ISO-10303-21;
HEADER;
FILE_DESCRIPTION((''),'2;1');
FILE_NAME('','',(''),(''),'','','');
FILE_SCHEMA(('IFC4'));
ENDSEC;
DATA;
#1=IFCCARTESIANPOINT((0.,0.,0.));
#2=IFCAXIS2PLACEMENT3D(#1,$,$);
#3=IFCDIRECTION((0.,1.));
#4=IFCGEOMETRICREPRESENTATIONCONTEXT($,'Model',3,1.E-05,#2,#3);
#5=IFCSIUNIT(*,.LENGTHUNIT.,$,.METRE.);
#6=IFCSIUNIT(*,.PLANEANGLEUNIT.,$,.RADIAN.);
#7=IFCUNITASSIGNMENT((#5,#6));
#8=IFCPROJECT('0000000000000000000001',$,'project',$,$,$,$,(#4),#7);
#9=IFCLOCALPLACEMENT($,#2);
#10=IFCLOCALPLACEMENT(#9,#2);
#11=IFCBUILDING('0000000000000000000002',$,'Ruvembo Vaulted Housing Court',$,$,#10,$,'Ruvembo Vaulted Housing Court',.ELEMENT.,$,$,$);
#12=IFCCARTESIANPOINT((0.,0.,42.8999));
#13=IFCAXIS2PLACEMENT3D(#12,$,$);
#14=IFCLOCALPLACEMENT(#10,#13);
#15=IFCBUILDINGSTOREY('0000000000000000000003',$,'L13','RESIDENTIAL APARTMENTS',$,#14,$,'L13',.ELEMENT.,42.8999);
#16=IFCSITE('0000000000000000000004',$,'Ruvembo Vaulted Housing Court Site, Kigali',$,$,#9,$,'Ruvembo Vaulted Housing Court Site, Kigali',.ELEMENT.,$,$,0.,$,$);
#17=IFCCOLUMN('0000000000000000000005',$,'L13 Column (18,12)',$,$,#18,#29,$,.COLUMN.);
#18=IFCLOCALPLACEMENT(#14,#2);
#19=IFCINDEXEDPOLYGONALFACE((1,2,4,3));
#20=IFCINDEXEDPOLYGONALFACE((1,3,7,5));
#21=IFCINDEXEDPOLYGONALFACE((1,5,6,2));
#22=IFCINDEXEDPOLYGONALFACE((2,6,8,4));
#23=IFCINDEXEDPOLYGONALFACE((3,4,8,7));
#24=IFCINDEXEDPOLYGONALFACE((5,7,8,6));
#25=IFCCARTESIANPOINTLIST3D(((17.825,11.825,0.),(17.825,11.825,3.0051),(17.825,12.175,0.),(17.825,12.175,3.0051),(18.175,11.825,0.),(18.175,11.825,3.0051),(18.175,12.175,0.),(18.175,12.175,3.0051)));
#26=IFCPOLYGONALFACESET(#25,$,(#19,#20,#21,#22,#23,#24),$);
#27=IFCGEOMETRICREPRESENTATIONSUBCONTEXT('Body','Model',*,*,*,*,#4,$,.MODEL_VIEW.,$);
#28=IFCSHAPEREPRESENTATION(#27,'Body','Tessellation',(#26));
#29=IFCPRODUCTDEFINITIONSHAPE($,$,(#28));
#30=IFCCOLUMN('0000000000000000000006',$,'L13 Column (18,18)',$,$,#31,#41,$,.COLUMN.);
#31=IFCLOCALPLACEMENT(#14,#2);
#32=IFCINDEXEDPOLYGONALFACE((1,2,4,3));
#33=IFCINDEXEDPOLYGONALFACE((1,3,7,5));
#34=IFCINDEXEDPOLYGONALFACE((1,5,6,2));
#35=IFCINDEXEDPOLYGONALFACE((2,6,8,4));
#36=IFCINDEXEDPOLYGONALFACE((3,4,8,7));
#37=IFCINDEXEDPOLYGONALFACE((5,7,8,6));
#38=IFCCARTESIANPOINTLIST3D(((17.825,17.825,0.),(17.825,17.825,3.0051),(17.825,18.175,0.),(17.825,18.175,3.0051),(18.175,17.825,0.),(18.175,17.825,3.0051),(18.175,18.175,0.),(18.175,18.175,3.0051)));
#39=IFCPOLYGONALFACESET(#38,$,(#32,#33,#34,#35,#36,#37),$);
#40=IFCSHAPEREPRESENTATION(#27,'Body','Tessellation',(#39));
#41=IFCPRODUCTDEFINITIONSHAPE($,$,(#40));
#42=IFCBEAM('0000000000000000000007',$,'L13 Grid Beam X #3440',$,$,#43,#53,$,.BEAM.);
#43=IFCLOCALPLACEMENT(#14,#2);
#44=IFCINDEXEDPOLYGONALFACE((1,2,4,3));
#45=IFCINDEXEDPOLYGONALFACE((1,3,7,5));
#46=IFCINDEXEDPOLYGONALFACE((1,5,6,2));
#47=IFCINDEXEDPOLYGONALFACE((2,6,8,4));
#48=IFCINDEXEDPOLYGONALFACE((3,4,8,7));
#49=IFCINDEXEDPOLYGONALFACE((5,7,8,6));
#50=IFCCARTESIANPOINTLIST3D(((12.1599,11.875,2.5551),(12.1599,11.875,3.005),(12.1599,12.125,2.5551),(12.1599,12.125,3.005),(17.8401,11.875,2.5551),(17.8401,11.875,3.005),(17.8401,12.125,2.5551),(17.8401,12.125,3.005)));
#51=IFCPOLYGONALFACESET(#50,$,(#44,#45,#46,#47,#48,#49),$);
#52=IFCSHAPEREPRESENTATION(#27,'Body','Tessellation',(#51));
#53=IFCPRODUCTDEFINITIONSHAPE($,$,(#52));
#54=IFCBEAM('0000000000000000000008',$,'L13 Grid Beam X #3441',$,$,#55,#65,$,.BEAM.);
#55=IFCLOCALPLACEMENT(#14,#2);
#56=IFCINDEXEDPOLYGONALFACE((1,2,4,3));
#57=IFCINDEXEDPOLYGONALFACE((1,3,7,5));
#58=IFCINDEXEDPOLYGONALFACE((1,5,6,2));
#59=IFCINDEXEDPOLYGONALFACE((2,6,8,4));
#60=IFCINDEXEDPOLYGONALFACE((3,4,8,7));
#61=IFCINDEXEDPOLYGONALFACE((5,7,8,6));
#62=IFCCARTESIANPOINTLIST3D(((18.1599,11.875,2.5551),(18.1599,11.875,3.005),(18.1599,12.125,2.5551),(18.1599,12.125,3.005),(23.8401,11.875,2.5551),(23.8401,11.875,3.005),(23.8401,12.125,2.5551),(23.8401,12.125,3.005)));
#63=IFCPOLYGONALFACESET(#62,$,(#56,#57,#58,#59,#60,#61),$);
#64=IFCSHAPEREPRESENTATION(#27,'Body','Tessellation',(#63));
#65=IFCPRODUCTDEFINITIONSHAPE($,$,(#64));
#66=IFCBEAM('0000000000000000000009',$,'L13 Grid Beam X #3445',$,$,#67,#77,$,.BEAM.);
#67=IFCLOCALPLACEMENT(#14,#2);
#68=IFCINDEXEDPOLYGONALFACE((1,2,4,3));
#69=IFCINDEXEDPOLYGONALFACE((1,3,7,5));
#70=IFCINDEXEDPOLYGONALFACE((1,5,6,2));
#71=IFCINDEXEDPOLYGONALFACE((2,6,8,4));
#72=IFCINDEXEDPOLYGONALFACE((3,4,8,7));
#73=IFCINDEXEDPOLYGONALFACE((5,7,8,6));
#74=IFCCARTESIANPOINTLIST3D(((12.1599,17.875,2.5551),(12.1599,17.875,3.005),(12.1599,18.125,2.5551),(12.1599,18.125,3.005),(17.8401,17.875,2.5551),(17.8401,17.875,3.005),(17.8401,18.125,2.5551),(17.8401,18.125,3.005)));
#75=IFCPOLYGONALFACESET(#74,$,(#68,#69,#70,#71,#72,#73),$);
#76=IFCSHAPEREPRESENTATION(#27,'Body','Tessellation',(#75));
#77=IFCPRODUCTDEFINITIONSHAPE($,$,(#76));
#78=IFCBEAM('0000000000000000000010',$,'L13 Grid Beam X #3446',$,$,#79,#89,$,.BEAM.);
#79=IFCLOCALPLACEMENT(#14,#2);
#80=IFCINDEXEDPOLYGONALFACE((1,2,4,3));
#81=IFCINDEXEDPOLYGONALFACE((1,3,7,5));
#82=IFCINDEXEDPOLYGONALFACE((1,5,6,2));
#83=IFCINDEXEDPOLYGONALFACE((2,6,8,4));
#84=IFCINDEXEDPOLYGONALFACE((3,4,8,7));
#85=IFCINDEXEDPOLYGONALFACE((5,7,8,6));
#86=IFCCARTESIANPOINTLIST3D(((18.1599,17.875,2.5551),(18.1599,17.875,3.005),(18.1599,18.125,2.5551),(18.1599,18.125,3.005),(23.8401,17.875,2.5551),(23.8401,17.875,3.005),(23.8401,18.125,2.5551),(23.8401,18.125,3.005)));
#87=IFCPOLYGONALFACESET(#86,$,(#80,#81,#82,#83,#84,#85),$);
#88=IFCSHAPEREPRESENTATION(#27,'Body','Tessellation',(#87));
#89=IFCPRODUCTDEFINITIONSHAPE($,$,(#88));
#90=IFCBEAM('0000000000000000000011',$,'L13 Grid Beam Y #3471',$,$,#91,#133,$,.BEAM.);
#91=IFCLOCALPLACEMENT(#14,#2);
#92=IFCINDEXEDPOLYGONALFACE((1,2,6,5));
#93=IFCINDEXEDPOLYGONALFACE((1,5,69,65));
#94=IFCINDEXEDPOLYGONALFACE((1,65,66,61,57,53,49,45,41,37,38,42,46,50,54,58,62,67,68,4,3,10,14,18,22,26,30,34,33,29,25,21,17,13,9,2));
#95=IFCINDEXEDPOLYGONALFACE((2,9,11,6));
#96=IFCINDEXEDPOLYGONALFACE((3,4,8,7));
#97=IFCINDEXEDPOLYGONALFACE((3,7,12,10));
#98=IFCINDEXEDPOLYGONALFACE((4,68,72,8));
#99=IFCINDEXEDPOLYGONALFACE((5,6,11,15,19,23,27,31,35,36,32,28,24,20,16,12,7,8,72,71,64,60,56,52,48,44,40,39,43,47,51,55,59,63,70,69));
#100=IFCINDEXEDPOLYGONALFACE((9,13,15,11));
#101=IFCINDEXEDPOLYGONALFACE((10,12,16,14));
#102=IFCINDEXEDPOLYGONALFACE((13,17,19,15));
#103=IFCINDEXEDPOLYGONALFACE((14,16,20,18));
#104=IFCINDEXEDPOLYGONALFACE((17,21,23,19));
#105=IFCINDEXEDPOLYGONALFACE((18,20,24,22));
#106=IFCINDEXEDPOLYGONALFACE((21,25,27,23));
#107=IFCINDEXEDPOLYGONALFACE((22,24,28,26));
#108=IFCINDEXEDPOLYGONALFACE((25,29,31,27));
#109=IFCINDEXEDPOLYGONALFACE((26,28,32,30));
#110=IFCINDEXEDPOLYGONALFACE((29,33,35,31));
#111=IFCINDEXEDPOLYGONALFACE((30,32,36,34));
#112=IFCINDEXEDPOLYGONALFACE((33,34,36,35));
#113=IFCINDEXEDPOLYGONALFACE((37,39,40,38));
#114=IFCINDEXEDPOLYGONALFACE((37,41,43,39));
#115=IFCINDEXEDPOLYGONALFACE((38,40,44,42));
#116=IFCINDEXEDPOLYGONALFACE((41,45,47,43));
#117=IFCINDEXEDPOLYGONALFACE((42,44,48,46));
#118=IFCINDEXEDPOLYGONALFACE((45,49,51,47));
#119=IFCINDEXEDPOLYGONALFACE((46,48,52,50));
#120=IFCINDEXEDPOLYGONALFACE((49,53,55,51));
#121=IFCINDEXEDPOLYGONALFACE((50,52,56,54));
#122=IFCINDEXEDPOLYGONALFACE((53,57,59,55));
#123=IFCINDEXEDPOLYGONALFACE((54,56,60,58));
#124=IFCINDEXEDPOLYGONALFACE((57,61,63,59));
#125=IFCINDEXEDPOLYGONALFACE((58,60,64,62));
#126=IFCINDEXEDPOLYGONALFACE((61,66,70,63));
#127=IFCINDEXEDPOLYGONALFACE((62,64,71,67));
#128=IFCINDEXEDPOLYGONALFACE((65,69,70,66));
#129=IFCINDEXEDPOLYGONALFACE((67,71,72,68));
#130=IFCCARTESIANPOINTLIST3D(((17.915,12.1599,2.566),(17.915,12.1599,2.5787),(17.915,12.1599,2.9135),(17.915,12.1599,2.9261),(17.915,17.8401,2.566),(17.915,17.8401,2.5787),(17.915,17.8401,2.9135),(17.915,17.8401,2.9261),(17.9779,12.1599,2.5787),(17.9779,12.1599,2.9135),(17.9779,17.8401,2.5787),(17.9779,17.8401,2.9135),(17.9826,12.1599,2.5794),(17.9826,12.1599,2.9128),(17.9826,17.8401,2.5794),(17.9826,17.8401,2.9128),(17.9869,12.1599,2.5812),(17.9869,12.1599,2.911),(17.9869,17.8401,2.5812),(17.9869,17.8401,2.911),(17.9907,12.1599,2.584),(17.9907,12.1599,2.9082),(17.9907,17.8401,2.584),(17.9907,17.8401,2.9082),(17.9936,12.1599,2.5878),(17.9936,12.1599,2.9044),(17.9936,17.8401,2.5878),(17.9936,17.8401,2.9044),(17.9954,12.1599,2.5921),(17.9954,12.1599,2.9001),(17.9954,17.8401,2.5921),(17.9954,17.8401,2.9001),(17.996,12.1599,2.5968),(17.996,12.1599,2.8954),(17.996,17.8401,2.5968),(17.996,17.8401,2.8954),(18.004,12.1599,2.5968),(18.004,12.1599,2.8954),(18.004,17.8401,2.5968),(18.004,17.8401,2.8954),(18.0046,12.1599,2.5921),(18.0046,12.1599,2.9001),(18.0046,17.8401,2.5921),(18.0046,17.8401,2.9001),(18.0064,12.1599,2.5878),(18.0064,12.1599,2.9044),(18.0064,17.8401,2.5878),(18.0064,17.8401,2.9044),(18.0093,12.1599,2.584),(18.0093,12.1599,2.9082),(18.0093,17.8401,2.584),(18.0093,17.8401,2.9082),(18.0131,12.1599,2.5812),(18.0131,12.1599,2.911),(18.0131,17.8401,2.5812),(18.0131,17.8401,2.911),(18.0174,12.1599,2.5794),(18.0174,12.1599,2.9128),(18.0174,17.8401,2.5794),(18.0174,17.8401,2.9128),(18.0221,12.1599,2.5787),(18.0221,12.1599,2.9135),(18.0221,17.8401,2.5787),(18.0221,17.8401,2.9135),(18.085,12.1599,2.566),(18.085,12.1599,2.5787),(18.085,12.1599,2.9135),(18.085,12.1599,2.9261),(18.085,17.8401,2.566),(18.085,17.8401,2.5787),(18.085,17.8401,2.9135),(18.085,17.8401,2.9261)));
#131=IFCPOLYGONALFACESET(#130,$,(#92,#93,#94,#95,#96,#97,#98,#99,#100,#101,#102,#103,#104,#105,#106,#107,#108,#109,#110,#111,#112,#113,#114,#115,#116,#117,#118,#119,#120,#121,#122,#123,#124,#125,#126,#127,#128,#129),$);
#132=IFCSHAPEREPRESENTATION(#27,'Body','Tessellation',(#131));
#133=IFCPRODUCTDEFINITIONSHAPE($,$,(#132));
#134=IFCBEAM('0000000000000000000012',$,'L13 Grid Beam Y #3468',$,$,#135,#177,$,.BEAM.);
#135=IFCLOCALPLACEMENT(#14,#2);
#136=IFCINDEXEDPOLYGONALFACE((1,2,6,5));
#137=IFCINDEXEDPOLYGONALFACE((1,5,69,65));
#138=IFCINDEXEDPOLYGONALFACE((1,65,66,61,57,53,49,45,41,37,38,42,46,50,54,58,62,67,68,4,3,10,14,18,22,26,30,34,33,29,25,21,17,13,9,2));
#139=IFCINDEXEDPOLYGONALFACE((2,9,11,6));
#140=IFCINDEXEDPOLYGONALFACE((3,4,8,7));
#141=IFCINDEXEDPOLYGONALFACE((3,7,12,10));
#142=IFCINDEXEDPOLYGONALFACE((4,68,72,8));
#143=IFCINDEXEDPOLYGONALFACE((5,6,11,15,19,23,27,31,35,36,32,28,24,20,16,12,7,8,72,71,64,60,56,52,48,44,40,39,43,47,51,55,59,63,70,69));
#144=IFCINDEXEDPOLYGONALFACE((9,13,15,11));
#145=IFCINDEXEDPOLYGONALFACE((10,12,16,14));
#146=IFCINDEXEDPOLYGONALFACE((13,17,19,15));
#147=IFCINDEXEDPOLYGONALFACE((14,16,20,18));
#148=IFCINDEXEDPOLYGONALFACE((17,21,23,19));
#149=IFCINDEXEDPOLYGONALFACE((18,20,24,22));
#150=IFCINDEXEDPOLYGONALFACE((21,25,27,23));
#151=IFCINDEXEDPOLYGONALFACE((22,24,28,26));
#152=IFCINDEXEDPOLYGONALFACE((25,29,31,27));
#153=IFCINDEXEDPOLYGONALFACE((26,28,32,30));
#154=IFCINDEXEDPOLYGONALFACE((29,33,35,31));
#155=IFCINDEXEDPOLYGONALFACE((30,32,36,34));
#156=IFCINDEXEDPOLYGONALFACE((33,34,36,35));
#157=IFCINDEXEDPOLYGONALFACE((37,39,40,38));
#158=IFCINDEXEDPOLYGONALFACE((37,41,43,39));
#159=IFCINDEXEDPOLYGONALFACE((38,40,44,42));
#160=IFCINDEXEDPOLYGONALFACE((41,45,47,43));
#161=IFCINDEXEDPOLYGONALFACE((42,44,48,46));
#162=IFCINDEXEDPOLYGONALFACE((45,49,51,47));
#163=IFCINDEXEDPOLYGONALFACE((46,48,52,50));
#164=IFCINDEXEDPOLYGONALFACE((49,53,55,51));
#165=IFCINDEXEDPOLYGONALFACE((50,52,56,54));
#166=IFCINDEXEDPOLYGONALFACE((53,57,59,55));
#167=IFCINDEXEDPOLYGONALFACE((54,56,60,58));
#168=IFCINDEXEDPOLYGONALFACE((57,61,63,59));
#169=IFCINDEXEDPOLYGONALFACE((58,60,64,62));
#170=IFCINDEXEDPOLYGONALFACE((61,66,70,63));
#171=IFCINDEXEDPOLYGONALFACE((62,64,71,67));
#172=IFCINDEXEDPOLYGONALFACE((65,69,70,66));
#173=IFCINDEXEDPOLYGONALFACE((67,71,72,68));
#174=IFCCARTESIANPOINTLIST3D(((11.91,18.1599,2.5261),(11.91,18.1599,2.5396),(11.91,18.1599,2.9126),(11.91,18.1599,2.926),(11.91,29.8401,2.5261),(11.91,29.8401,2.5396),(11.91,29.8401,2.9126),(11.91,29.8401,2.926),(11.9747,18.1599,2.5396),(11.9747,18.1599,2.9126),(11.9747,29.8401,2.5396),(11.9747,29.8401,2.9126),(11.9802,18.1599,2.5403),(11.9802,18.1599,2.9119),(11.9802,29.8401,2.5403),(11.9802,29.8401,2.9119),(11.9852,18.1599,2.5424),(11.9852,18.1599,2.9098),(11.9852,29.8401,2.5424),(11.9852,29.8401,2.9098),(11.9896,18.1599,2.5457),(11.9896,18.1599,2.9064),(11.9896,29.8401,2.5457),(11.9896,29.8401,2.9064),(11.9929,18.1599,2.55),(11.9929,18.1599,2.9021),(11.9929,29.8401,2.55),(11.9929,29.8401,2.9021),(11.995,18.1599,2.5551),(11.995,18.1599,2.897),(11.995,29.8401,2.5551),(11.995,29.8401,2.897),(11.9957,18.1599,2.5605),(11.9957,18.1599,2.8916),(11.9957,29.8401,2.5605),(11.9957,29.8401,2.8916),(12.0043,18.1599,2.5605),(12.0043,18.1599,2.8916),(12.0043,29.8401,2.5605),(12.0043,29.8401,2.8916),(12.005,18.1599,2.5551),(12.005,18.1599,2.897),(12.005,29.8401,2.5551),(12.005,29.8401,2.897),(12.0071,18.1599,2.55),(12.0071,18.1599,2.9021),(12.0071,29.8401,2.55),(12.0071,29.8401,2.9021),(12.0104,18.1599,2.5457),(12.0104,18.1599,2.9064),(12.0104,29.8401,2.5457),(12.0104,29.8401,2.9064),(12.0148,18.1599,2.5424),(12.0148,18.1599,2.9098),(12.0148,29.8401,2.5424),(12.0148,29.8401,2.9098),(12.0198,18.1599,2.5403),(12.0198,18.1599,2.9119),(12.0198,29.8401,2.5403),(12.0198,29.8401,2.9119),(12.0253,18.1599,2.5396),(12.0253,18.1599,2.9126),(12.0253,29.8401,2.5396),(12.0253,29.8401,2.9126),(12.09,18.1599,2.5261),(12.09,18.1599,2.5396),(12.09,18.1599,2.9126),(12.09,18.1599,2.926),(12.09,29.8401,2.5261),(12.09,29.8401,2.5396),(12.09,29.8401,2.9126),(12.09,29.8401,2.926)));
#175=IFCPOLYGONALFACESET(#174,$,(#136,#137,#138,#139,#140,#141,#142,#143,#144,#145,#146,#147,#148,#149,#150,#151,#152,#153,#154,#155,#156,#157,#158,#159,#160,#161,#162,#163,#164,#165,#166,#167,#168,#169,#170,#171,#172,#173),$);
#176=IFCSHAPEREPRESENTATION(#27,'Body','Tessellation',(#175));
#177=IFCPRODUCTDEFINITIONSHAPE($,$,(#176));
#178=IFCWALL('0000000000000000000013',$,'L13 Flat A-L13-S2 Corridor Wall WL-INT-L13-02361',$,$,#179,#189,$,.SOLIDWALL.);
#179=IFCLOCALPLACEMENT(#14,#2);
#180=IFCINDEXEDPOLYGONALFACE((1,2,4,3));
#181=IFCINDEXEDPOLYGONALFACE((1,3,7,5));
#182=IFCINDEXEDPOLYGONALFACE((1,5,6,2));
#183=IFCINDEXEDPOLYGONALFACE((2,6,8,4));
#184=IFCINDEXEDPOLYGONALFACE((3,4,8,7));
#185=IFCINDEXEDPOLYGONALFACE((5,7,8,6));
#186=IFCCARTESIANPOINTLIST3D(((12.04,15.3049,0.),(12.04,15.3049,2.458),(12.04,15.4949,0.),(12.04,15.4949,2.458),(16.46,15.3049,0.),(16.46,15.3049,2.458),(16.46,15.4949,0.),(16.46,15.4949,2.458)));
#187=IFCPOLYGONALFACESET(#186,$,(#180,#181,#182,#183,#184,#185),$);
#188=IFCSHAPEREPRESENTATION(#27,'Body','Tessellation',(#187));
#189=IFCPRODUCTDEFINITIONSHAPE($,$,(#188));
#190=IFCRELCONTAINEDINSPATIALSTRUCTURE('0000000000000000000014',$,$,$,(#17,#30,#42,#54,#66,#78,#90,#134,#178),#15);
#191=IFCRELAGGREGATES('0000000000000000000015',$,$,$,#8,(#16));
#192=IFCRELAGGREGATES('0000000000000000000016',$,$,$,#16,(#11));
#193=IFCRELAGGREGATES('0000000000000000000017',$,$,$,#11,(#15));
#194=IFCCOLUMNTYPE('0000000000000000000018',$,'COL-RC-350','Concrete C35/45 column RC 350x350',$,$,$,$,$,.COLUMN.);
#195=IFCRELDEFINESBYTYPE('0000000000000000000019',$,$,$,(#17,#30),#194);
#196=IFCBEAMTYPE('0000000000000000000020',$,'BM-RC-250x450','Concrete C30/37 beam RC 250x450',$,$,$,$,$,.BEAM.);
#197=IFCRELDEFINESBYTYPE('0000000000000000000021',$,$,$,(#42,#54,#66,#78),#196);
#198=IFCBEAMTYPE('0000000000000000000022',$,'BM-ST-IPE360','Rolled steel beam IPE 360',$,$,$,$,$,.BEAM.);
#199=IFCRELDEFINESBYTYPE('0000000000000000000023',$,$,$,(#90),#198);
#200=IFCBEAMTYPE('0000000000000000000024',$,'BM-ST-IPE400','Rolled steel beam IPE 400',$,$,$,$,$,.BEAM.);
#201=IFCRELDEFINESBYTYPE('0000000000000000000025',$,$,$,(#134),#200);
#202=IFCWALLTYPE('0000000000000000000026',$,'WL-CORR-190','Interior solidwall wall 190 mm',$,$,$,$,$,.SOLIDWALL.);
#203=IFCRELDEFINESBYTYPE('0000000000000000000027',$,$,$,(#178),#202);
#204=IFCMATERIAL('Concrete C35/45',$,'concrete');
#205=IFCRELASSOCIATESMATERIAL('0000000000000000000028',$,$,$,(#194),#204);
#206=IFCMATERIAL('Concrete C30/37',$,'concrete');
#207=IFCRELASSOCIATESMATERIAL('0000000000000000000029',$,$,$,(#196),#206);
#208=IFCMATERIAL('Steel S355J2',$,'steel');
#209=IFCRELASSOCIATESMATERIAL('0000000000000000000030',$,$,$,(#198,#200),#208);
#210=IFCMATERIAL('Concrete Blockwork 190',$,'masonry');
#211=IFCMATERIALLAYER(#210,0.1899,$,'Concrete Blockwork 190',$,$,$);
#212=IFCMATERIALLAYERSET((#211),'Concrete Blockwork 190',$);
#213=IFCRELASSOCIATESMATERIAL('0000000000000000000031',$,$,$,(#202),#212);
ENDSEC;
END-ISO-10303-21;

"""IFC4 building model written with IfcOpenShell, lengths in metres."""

from ifc_helpers import new_model, si_unit, direction, frame, frame_2d, origin, origin_2d, place, context, subcontext, project, spatial, rectangle, i_section, extrude, material, layer, layer_set, material_profile, profile_set, type_object, element, save


model = new_model("IFC4")

# Units and contexts
model_context = context("Model", 3, precision=1e-05, world=origin(), true_north=direction((0.0, 1.0)))
body_context = subcontext(model_context, "Body", "Model", "MODEL_VIEW")
ifc_project = project(units=[si_unit("LENGTHUNIT", "METRE"), si_unit("PLANEANGLEUNIT", "RADIAN")], contexts=[model_context])

# Site, building, storey
site_placement = place(None, origin())
site = spatial("IfcSite", under=ifc_project, at=site_placement, Name="Ruvembo Vaulted Housing Court Site, Kigali", LongName="Ruvembo Vaulted Housing Court Site, Kigali", CompositionType="ELEMENT", RefElevation=0.0)
building_placement = place(site_placement, origin())
building = spatial("IfcBuilding", under=site, at=building_placement, Name="Ruvembo Vaulted Housing Court", LongName="Ruvembo Vaulted Housing Court", CompositionType="ELEMENT")
storey_placement = place(building_placement, frame((0.0, 0.0, 42.8999)))
storey = spatial("IfcBuildingStorey", under=building, at=storey_placement, Name="L13", Description="RESIDENTIAL APARTMENTS", LongName="L13", CompositionType="ELEMENT", Elevation=42.8999)

# Columns
ifc_material_1 = material(Name="Concrete C35/45", Category="concrete")
ifc_material_profile_1 = material_profile(ifc_material_1, rectangle(XDim=0.3501, YDim=0.3501, at=origin_2d()), Name="RC 350x350")
ifc_profile_set_1 = profile_set([ifc_material_profile_1], Name="Concrete C35/45")
column_type = type_object("IfcColumnType", Name="COL-RC-350", Description="Concrete C35/45 column RC 350x350", PredefinedType="COLUMN", material=ifc_profile_set_1)
for number, where, z_axis, x_axis, name in (
    (1, (18.0, 12.0, 0.0), (0.0, 0.0, 1.0), (1.0, 0.0, 0.0), "L13 Column (18,12)"),
    (2, (18.0, 18.0, 0.0), (0.0, 0.0, 1.0), (1.0, 0.0, 0.0), "L13 Column (18,18)"),
):
    element("IfcColumn", number, at=place(storey_placement, frame(where, z_axis=z_axis, x_axis=x_axis)), inside=storey, type_object=column_type, Name=name, PredefinedType="COLUMN", context=body_context, shape_type="SweptSolid", body=[
        extrude(rectangle(XDim=0.3501, YDim=0.3501, at=origin_2d()), origin(), (0.0, 0.0, 1.0), 3.0051),
    ])

# Beams
ifc_material_2 = material(Name="Concrete C30/37", Category="concrete")
ifc_material_profile_2 = material_profile(ifc_material_2, rectangle(XDim=0.25, YDim=0.45, at=origin_2d()), Name="RC 250x450")
ifc_profile_set_2 = profile_set([ifc_material_profile_2], Name="Concrete C30/37")
beam_type_1 = type_object("IfcBeamType", Name="BM-RC-250x450", Description="Concrete C30/37 beam RC 250x450", PredefinedType="BEAM", material=ifc_profile_set_2)
for number, where, z_axis, x_axis, name in (
    (3, (12.1599, 12.0, 2.78), (1.0, 0.0, 0.0), (0.0, 1.0, 0.0), "L13 Grid Beam X #3440"),
    (4, (18.1599, 12.0, 2.78), (1.0, 0.0, 0.0), (0.0, 1.0, 0.0), "L13 Grid Beam X #3441"),
    (5, (12.1599, 18.0, 2.78), (1.0, 0.0, 0.0), (0.0, 1.0, 0.0), "L13 Grid Beam X #3445"),
    (6, (18.1599, 18.0, 2.78), (1.0, 0.0, 0.0), (0.0, 1.0, 0.0), "L13 Grid Beam X #3446"),
):
    element("IfcBeam", number, at=place(storey_placement, frame(where, z_axis=z_axis, x_axis=x_axis)), inside=storey, type_object=beam_type_1, Name=name, PredefinedType="BEAM", context=body_context, shape_type="SweptSolid", body=[
        extrude(rectangle(XDim=0.25, YDim=0.45, at=origin_2d()), origin(), (0.0, 0.0, 1.0), 5.6802),
    ])
ifc_material_3 = material(Name="Steel S355J2", Category="steel")
ifc_material_profile_3 = material_profile(ifc_material_3, i_section(OverallWidth=0.1699, OverallDepth=0.3601, WebThickness=0.0081, FlangeThickness=0.0127, FilletRadius=0.0181, at=origin_2d()), Name="IPE 360")
ifc_profile_set_3 = profile_set([ifc_material_profile_3], Name="Steel S355J2")
beam_type_2 = type_object("IfcBeamType", Name="BM-ST-IPE360", Description="Rolled steel beam IPE 360", PredefinedType="BEAM", material=ifc_profile_set_3)
beam_1_placement = place(storey_placement, frame((18.0, 12.1599, 2.7461), z_axis=(0.0, 1.0, 0.0), x_axis=(-1.0, 0.0, 0.0)))
element("IfcBeam", 7, at=beam_1_placement, inside=storey, type_object=beam_type_2, Name="L13 Grid Beam Y #3471", PredefinedType="BEAM", context=body_context, shape_type="SweptSolid", body=[
    extrude(i_section(OverallWidth=0.1699, OverallDepth=0.3601, WebThickness=0.0081, FlangeThickness=0.0127, FilletRadius=0.0181, at=origin_2d()), origin(), (0.0, 0.0, 1.0), 5.6802),
])
ifc_material_profile_4 = material_profile(ifc_material_3, i_section(OverallWidth=0.1799, OverallDepth=0.3999, WebThickness=0.0085, FlangeThickness=0.0134, FilletRadius=0.021, at=origin_2d()), Name="IPE 400")
ifc_profile_set_4 = profile_set([ifc_material_profile_4], Name="Steel S355J2")
beam_type_3 = type_object("IfcBeamType", Name="BM-ST-IPE400", Description="Rolled steel beam IPE 400", PredefinedType="BEAM", material=ifc_profile_set_4)
beam_2_placement = place(storey_placement, frame((12.0, 18.1599, 2.7261), z_axis=(0.0, 1.0, 0.0), x_axis=(-1.0, 0.0, 0.0)))
element("IfcBeam", 8, at=beam_2_placement, inside=storey, type_object=beam_type_3, Name="L13 Grid Beam Y #3468", PredefinedType="BEAM", context=body_context, shape_type="SweptSolid", body=[
    extrude(i_section(OverallWidth=0.1799, OverallDepth=0.3999, WebThickness=0.0085, FlangeThickness=0.0134, FilletRadius=0.021, at=origin_2d()), origin(), (0.0, 0.0, 1.0), 11.6802),
])

# Wall
ifc_material_4 = material(Name="Concrete Blockwork 190", Category="masonry")
ifc_layer_1 = layer(ifc_material_4, 0.1899, Name="Concrete Blockwork 190")
ifc_layer_set_1 = layer_set([ifc_layer_1], Name="Concrete Blockwork 190")
wall_type_1 = type_object("IfcWallType", Name="WL-CORR-190", Description="Interior solidwall wall 190 mm", PredefinedType="SOLIDWALL", material=ifc_layer_set_1)
wall_1_placement = place(storey_placement, frame((12.04, 15.3999, 0.0), z_axis=(0.0, 0.0, 1.0), x_axis=(1.0, 0.0, 0.0)))
element("IfcWall", 9, at=wall_1_placement, inside=storey, type_object=wall_type_1, Name="L13 Flat A-L13-S2 Corridor Wall WL-INT-L13-02361", PredefinedType="SOLIDWALL", context=body_context, shape_type="SweptSolid", body=[
    extrude(rectangle(XDim=4.4199, YDim=0.1899, at=frame_2d((2.21, 0.0))), origin(), (0.0, 0.0, 1.0), 2.458),
])

save(model, "model.ifc")
